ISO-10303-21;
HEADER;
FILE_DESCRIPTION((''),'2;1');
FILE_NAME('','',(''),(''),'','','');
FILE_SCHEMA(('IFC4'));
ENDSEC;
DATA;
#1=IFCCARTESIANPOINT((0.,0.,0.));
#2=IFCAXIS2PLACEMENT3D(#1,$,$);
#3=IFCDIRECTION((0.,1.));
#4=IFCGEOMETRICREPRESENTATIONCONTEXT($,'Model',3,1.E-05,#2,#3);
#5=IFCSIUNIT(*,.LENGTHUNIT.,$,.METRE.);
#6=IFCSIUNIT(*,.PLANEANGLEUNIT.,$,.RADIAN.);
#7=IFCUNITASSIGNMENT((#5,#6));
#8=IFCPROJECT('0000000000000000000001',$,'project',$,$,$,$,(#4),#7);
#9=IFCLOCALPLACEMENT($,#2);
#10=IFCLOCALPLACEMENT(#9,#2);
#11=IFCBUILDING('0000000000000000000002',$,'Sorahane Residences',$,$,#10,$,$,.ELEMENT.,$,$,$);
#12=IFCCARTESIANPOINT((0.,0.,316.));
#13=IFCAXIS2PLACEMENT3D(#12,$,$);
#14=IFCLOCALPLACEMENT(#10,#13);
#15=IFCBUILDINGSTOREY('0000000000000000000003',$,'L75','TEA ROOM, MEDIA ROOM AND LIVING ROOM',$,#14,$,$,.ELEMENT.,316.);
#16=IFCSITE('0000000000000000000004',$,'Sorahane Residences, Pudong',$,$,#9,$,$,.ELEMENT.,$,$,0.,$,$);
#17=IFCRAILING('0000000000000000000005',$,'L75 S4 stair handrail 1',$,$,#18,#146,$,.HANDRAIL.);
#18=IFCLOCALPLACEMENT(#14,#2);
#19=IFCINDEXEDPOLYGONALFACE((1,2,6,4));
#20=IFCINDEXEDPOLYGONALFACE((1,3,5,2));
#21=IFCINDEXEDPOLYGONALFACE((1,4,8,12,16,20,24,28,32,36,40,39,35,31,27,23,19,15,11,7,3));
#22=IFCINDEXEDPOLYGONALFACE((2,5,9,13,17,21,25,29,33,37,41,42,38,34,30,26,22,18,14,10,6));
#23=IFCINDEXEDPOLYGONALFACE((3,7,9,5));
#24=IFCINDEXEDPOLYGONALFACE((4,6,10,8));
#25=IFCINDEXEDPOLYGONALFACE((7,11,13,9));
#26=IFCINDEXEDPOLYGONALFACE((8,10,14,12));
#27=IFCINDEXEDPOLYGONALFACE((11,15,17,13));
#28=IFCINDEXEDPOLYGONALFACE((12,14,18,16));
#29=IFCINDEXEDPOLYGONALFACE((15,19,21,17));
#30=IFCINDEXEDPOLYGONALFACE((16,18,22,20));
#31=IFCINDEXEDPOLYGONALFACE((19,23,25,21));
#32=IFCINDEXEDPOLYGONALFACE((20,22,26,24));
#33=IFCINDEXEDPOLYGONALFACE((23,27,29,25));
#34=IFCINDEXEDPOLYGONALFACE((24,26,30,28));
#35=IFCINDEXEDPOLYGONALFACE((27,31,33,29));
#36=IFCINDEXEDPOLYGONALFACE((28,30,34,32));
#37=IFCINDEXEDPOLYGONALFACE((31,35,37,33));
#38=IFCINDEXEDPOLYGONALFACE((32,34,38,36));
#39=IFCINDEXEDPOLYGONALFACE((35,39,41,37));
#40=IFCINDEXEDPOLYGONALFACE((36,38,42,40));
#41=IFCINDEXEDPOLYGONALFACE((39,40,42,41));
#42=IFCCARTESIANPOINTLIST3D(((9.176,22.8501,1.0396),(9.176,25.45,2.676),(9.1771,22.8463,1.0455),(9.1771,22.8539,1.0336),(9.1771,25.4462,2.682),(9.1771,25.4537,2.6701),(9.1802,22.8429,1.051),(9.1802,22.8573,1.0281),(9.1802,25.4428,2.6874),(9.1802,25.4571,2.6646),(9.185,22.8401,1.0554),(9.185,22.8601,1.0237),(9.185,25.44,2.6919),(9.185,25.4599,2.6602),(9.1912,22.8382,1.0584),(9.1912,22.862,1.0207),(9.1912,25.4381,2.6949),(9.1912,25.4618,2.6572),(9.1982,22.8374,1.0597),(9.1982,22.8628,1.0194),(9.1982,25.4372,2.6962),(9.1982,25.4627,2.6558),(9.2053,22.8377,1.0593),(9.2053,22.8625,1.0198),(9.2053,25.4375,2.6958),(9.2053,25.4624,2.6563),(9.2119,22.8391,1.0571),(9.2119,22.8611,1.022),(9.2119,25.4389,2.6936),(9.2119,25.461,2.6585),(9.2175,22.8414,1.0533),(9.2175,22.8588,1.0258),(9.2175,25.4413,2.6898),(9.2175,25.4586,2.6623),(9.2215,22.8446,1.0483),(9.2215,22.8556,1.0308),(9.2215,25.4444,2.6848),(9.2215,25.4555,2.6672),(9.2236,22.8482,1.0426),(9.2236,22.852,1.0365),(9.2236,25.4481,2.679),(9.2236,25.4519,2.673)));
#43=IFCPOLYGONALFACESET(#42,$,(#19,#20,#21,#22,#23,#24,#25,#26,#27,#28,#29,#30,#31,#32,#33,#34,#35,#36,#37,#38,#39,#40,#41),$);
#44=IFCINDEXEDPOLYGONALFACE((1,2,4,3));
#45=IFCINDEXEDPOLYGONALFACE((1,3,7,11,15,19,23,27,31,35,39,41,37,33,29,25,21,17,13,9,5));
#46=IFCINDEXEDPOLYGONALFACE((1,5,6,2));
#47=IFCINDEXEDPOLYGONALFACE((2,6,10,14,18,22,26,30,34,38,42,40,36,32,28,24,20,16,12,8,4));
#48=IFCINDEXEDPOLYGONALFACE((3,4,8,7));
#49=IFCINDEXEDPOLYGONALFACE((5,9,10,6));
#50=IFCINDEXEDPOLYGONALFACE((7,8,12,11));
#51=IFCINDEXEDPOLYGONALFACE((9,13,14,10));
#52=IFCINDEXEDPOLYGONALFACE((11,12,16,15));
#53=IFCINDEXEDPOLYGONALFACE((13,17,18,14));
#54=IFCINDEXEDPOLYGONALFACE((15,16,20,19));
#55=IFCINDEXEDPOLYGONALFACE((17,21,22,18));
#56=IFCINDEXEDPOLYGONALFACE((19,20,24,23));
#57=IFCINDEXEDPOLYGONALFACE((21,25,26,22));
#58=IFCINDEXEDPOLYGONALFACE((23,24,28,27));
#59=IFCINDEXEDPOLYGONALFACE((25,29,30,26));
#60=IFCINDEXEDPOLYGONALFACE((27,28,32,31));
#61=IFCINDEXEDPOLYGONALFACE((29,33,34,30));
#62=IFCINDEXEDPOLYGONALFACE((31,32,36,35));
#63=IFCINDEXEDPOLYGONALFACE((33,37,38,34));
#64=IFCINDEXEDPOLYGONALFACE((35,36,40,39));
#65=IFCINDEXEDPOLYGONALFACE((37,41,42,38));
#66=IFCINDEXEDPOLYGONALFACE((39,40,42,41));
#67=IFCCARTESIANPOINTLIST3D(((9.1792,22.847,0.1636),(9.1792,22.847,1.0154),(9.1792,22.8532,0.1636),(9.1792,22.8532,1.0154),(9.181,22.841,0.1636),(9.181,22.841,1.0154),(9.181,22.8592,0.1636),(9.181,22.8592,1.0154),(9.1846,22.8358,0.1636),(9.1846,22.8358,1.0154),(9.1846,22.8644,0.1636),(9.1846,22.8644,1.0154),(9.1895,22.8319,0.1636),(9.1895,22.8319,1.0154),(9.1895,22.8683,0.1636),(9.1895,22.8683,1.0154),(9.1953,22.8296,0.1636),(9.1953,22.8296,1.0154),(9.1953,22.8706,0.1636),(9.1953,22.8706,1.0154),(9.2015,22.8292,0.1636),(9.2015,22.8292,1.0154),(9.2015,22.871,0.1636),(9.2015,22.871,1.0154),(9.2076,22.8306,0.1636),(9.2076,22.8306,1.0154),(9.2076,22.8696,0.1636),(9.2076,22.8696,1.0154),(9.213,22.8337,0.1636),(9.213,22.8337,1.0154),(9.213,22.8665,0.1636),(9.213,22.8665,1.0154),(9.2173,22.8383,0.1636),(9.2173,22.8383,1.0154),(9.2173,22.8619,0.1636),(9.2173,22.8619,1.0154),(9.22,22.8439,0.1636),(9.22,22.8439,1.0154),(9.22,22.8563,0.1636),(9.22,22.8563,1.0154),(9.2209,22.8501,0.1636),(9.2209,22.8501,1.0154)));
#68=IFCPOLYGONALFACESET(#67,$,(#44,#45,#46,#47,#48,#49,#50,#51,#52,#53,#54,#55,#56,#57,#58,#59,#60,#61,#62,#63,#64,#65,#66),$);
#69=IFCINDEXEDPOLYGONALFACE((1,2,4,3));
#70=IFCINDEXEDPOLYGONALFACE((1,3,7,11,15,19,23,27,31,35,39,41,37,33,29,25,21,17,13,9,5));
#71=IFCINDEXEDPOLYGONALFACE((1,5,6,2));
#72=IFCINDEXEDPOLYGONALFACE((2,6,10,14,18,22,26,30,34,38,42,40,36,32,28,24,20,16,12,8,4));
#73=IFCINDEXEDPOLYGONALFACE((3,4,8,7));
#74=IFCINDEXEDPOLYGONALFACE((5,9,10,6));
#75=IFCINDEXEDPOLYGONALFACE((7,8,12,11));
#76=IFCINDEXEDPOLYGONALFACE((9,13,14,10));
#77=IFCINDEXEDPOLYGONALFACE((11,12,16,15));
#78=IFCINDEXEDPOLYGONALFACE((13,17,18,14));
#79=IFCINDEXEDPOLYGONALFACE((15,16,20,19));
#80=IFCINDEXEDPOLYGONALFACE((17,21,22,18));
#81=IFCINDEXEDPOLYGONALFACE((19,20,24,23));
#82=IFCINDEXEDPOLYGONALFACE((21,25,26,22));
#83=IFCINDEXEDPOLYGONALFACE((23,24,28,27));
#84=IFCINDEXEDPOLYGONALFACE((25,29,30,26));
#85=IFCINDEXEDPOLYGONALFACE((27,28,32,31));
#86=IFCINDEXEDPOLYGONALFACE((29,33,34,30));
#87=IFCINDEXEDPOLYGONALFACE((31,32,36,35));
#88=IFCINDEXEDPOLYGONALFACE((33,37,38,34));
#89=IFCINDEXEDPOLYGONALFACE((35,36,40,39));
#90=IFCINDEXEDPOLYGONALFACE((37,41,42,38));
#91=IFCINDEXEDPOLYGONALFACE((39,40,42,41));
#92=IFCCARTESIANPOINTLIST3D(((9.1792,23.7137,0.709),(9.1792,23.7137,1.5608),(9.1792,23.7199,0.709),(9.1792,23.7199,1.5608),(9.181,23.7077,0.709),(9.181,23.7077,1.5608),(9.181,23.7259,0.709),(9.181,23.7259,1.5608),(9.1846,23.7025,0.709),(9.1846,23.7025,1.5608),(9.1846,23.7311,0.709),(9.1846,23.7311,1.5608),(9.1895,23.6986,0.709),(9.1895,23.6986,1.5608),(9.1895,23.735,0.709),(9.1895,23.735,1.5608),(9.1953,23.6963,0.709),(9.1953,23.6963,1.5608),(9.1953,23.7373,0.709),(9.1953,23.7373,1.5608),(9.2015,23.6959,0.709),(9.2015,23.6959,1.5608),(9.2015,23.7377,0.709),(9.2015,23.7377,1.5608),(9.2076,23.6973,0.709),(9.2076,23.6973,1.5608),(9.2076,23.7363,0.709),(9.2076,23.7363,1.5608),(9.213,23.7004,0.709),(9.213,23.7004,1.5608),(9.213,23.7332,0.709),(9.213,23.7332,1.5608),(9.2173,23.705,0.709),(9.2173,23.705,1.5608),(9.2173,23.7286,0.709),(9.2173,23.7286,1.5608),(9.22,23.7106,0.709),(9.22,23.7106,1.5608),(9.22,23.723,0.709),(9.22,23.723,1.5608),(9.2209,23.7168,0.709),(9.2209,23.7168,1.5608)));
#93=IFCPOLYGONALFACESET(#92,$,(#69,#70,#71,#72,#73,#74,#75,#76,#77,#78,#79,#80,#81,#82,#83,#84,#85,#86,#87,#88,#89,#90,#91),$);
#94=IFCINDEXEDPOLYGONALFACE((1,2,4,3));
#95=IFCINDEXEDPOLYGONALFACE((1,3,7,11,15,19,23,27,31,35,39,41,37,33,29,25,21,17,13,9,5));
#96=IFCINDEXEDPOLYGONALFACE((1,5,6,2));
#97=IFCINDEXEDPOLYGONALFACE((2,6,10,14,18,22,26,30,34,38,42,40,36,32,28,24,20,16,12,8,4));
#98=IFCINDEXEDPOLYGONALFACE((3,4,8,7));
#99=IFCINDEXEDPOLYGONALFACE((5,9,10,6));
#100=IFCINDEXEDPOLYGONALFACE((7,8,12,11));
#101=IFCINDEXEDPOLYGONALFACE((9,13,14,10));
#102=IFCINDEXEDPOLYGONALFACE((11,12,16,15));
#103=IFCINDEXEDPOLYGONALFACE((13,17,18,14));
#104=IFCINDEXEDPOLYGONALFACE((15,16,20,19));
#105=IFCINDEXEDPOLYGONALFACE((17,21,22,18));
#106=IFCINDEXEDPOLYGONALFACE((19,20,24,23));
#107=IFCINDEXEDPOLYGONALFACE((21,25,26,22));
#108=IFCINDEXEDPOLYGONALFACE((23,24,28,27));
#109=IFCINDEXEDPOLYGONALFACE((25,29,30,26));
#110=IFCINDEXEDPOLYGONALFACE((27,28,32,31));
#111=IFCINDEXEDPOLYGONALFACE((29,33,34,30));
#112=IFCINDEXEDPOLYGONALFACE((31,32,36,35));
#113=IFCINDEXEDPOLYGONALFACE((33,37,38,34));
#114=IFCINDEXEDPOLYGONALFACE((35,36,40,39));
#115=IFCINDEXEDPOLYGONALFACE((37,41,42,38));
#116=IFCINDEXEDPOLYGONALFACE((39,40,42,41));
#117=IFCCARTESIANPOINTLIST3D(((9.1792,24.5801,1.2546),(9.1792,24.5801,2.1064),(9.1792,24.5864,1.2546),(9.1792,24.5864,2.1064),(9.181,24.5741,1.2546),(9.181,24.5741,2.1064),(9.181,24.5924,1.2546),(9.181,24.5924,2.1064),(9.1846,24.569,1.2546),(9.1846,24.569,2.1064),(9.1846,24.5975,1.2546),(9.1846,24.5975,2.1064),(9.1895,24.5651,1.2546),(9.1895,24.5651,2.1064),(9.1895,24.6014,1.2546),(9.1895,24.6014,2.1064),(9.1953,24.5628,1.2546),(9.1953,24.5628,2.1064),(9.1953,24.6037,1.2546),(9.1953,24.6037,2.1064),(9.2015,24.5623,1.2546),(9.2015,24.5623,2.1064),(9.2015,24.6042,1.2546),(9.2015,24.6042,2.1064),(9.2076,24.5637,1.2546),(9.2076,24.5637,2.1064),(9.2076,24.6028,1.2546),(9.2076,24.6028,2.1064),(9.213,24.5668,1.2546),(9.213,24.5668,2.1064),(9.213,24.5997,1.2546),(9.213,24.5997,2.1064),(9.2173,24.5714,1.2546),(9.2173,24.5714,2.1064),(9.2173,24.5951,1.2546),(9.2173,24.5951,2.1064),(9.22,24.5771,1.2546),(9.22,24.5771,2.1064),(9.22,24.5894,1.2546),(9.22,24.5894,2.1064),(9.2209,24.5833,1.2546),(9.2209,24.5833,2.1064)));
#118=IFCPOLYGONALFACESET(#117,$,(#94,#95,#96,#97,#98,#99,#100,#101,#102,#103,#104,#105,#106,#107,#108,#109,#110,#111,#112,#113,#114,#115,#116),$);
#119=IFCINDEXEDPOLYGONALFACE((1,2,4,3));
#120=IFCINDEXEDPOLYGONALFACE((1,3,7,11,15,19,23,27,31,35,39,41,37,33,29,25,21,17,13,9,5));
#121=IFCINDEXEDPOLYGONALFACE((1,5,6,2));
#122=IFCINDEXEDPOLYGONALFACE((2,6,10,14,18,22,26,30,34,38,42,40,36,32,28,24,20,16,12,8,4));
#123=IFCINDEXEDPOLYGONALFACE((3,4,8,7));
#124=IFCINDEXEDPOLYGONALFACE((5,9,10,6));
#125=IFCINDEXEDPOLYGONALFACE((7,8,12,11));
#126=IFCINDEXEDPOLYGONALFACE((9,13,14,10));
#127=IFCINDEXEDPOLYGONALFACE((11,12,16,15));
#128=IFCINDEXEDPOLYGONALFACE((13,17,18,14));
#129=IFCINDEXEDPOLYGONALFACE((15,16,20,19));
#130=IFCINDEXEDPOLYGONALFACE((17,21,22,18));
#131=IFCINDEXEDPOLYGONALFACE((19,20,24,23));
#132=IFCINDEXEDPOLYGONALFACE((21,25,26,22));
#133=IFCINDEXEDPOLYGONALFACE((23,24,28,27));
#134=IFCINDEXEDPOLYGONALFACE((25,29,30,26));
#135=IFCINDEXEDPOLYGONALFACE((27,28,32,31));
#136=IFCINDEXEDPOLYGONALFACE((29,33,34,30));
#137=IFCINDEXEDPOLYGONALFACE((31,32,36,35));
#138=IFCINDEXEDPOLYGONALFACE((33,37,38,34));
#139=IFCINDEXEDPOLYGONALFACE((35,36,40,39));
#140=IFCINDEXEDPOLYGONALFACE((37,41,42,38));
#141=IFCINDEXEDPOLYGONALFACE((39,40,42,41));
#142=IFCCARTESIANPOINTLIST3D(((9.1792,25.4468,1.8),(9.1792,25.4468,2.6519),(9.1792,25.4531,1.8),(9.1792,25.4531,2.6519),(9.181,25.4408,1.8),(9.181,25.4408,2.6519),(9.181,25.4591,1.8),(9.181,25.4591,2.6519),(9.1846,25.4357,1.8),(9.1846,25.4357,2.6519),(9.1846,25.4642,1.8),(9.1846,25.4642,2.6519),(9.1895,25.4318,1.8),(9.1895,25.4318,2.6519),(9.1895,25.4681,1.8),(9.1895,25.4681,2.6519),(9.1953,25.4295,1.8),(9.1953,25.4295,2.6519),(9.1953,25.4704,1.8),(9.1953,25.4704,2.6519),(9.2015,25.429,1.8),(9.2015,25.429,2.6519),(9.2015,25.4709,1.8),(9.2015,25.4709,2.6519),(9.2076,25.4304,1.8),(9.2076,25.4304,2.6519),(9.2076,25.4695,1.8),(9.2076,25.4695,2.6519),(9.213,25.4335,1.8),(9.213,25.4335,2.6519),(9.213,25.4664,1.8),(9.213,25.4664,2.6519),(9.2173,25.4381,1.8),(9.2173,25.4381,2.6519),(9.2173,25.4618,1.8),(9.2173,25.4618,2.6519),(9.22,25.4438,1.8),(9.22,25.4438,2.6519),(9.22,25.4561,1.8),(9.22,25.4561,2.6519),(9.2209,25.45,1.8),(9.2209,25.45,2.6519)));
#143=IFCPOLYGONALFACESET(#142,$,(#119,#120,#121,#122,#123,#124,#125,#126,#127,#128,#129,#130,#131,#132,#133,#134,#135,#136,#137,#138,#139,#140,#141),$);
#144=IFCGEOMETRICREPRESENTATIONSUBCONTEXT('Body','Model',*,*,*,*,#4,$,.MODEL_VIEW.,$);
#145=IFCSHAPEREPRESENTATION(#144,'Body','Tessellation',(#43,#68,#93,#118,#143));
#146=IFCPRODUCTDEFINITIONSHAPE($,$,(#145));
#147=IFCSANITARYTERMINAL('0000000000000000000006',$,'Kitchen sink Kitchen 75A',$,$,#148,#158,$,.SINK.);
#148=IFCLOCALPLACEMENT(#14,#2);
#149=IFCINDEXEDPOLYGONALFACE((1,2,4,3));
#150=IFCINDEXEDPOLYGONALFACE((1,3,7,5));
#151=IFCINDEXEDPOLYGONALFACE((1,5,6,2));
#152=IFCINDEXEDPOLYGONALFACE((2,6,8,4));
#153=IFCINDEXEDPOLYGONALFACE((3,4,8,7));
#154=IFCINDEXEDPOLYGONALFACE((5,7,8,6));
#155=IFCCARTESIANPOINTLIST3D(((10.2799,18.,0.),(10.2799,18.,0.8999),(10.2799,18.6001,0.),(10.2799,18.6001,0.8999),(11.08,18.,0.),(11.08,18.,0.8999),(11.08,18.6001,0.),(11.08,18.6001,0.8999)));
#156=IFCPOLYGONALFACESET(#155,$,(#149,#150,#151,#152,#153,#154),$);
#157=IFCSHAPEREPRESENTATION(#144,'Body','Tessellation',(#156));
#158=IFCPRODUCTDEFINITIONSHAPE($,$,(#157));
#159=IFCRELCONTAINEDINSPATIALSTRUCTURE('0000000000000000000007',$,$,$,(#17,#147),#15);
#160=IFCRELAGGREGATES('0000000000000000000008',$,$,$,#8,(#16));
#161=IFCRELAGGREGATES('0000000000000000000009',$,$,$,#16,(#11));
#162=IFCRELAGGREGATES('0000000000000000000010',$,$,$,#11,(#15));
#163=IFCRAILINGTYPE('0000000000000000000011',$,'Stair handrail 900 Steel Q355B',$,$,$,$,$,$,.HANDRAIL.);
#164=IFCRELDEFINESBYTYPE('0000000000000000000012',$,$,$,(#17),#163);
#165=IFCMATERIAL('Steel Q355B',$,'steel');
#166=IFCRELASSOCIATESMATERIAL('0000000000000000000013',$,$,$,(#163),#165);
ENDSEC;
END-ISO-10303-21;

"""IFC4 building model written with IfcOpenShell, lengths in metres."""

from ifc_helpers import new_model, si_unit, direction, frame, origin, origin_2d, place, context, subcontext, project, spatial, rectangle, circle, extrude, material, type_object, element, save


model = new_model("IFC4")

# Units and contexts
model_context = context("Model", 3, precision=1e-05, world=origin(), true_north=direction((0.0, 1.0)))
body_context = subcontext(model_context, "Body", "Model", "MODEL_VIEW")
ifc_project = project(units=[si_unit("LENGTHUNIT", "METRE"), si_unit("PLANEANGLEUNIT", "RADIAN")], contexts=[model_context])

# Site, building, storey
site_placement = place(None, origin())
site = spatial("IfcSite", under=ifc_project, at=site_placement, Name="Sorahane Residences, Pudong", CompositionType="ELEMENT", RefElevation=0.0)
building_placement = place(site_placement, origin())
building = spatial("IfcBuilding", under=site, at=building_placement, Name="Sorahane Residences", CompositionType="ELEMENT")
storey_placement = place(building_placement, frame((0.0, 0.0, 316.0)))
storey = spatial("IfcBuildingStorey", under=building, at=storey_placement, Name="L75", Description="TEA ROOM, MEDIA ROOM AND LIVING ROOM", CompositionType="ELEMENT", Elevation=316.0)

# Railing
ifc_material_1 = material(Name="Steel Q355B", Category="steel")
railing_type_1 = type_object("IfcRailingType", Name="Stair handrail 900 Steel Q355B", PredefinedType="HANDRAIL", material=ifc_material_1)
railing_1_placement = place(storey_placement, frame((9.2, 22.8501, 0.1636)))
element("IfcRailing", 1, at=railing_1_placement, inside=storey, type_object=railing_type_1, Name="L75 S4 stair handrail 1", PredefinedType="HANDRAIL", context=body_context, shape_type="SweptSolid", body=[
    extrude(circle(Radius=0.0239, at=origin_2d()), frame((0.0, 0.0, 0.876), z_axis=(0.0, 0.846302, 0.532704), x_axis=(-1.0, 0.0, 0.0)), (0.0, 0.0, 1.0), 3.072),
    extrude(circle(Radius=0.021, at=origin_2d()), origin(), (0.0, 0.0, 1.0), 0.8518),
    extrude(circle(Radius=0.021, at=origin_2d()), frame((0.0, 0.8667, 0.5454)), (0.0, 0.0, 1.0), 0.8518),
    extrude(circle(Radius=0.021, at=origin_2d()), frame((0.0, 1.7332, 1.0911)), (0.0, 0.0, 1.0), 0.8518),
    extrude(circle(Radius=0.021, at=origin_2d()), frame((0.0, 2.5999, 1.6365)), (0.0, 0.0, 1.0), 0.8518),
])

# Sanitary terminal
sanitary_terminal_placement = place(storey_placement, frame((10.6799, 18.3, 0.0), z_axis=(0.0, 0.0, 1.0), x_axis=(1.0, 0.0, 0.0)))
element("IfcSanitaryTerminal", 2, at=sanitary_terminal_placement, inside=storey, Name="Kitchen sink Kitchen 75A", PredefinedType="SINK", context=body_context, shape_type="SweptSolid", body=[
    extrude(rectangle(XDim=0.8, YDim=0.6001, at=origin_2d()), origin(), (0.0, 0.0, 1.0), 0.8999),
])

save(model, "model.ifc")
